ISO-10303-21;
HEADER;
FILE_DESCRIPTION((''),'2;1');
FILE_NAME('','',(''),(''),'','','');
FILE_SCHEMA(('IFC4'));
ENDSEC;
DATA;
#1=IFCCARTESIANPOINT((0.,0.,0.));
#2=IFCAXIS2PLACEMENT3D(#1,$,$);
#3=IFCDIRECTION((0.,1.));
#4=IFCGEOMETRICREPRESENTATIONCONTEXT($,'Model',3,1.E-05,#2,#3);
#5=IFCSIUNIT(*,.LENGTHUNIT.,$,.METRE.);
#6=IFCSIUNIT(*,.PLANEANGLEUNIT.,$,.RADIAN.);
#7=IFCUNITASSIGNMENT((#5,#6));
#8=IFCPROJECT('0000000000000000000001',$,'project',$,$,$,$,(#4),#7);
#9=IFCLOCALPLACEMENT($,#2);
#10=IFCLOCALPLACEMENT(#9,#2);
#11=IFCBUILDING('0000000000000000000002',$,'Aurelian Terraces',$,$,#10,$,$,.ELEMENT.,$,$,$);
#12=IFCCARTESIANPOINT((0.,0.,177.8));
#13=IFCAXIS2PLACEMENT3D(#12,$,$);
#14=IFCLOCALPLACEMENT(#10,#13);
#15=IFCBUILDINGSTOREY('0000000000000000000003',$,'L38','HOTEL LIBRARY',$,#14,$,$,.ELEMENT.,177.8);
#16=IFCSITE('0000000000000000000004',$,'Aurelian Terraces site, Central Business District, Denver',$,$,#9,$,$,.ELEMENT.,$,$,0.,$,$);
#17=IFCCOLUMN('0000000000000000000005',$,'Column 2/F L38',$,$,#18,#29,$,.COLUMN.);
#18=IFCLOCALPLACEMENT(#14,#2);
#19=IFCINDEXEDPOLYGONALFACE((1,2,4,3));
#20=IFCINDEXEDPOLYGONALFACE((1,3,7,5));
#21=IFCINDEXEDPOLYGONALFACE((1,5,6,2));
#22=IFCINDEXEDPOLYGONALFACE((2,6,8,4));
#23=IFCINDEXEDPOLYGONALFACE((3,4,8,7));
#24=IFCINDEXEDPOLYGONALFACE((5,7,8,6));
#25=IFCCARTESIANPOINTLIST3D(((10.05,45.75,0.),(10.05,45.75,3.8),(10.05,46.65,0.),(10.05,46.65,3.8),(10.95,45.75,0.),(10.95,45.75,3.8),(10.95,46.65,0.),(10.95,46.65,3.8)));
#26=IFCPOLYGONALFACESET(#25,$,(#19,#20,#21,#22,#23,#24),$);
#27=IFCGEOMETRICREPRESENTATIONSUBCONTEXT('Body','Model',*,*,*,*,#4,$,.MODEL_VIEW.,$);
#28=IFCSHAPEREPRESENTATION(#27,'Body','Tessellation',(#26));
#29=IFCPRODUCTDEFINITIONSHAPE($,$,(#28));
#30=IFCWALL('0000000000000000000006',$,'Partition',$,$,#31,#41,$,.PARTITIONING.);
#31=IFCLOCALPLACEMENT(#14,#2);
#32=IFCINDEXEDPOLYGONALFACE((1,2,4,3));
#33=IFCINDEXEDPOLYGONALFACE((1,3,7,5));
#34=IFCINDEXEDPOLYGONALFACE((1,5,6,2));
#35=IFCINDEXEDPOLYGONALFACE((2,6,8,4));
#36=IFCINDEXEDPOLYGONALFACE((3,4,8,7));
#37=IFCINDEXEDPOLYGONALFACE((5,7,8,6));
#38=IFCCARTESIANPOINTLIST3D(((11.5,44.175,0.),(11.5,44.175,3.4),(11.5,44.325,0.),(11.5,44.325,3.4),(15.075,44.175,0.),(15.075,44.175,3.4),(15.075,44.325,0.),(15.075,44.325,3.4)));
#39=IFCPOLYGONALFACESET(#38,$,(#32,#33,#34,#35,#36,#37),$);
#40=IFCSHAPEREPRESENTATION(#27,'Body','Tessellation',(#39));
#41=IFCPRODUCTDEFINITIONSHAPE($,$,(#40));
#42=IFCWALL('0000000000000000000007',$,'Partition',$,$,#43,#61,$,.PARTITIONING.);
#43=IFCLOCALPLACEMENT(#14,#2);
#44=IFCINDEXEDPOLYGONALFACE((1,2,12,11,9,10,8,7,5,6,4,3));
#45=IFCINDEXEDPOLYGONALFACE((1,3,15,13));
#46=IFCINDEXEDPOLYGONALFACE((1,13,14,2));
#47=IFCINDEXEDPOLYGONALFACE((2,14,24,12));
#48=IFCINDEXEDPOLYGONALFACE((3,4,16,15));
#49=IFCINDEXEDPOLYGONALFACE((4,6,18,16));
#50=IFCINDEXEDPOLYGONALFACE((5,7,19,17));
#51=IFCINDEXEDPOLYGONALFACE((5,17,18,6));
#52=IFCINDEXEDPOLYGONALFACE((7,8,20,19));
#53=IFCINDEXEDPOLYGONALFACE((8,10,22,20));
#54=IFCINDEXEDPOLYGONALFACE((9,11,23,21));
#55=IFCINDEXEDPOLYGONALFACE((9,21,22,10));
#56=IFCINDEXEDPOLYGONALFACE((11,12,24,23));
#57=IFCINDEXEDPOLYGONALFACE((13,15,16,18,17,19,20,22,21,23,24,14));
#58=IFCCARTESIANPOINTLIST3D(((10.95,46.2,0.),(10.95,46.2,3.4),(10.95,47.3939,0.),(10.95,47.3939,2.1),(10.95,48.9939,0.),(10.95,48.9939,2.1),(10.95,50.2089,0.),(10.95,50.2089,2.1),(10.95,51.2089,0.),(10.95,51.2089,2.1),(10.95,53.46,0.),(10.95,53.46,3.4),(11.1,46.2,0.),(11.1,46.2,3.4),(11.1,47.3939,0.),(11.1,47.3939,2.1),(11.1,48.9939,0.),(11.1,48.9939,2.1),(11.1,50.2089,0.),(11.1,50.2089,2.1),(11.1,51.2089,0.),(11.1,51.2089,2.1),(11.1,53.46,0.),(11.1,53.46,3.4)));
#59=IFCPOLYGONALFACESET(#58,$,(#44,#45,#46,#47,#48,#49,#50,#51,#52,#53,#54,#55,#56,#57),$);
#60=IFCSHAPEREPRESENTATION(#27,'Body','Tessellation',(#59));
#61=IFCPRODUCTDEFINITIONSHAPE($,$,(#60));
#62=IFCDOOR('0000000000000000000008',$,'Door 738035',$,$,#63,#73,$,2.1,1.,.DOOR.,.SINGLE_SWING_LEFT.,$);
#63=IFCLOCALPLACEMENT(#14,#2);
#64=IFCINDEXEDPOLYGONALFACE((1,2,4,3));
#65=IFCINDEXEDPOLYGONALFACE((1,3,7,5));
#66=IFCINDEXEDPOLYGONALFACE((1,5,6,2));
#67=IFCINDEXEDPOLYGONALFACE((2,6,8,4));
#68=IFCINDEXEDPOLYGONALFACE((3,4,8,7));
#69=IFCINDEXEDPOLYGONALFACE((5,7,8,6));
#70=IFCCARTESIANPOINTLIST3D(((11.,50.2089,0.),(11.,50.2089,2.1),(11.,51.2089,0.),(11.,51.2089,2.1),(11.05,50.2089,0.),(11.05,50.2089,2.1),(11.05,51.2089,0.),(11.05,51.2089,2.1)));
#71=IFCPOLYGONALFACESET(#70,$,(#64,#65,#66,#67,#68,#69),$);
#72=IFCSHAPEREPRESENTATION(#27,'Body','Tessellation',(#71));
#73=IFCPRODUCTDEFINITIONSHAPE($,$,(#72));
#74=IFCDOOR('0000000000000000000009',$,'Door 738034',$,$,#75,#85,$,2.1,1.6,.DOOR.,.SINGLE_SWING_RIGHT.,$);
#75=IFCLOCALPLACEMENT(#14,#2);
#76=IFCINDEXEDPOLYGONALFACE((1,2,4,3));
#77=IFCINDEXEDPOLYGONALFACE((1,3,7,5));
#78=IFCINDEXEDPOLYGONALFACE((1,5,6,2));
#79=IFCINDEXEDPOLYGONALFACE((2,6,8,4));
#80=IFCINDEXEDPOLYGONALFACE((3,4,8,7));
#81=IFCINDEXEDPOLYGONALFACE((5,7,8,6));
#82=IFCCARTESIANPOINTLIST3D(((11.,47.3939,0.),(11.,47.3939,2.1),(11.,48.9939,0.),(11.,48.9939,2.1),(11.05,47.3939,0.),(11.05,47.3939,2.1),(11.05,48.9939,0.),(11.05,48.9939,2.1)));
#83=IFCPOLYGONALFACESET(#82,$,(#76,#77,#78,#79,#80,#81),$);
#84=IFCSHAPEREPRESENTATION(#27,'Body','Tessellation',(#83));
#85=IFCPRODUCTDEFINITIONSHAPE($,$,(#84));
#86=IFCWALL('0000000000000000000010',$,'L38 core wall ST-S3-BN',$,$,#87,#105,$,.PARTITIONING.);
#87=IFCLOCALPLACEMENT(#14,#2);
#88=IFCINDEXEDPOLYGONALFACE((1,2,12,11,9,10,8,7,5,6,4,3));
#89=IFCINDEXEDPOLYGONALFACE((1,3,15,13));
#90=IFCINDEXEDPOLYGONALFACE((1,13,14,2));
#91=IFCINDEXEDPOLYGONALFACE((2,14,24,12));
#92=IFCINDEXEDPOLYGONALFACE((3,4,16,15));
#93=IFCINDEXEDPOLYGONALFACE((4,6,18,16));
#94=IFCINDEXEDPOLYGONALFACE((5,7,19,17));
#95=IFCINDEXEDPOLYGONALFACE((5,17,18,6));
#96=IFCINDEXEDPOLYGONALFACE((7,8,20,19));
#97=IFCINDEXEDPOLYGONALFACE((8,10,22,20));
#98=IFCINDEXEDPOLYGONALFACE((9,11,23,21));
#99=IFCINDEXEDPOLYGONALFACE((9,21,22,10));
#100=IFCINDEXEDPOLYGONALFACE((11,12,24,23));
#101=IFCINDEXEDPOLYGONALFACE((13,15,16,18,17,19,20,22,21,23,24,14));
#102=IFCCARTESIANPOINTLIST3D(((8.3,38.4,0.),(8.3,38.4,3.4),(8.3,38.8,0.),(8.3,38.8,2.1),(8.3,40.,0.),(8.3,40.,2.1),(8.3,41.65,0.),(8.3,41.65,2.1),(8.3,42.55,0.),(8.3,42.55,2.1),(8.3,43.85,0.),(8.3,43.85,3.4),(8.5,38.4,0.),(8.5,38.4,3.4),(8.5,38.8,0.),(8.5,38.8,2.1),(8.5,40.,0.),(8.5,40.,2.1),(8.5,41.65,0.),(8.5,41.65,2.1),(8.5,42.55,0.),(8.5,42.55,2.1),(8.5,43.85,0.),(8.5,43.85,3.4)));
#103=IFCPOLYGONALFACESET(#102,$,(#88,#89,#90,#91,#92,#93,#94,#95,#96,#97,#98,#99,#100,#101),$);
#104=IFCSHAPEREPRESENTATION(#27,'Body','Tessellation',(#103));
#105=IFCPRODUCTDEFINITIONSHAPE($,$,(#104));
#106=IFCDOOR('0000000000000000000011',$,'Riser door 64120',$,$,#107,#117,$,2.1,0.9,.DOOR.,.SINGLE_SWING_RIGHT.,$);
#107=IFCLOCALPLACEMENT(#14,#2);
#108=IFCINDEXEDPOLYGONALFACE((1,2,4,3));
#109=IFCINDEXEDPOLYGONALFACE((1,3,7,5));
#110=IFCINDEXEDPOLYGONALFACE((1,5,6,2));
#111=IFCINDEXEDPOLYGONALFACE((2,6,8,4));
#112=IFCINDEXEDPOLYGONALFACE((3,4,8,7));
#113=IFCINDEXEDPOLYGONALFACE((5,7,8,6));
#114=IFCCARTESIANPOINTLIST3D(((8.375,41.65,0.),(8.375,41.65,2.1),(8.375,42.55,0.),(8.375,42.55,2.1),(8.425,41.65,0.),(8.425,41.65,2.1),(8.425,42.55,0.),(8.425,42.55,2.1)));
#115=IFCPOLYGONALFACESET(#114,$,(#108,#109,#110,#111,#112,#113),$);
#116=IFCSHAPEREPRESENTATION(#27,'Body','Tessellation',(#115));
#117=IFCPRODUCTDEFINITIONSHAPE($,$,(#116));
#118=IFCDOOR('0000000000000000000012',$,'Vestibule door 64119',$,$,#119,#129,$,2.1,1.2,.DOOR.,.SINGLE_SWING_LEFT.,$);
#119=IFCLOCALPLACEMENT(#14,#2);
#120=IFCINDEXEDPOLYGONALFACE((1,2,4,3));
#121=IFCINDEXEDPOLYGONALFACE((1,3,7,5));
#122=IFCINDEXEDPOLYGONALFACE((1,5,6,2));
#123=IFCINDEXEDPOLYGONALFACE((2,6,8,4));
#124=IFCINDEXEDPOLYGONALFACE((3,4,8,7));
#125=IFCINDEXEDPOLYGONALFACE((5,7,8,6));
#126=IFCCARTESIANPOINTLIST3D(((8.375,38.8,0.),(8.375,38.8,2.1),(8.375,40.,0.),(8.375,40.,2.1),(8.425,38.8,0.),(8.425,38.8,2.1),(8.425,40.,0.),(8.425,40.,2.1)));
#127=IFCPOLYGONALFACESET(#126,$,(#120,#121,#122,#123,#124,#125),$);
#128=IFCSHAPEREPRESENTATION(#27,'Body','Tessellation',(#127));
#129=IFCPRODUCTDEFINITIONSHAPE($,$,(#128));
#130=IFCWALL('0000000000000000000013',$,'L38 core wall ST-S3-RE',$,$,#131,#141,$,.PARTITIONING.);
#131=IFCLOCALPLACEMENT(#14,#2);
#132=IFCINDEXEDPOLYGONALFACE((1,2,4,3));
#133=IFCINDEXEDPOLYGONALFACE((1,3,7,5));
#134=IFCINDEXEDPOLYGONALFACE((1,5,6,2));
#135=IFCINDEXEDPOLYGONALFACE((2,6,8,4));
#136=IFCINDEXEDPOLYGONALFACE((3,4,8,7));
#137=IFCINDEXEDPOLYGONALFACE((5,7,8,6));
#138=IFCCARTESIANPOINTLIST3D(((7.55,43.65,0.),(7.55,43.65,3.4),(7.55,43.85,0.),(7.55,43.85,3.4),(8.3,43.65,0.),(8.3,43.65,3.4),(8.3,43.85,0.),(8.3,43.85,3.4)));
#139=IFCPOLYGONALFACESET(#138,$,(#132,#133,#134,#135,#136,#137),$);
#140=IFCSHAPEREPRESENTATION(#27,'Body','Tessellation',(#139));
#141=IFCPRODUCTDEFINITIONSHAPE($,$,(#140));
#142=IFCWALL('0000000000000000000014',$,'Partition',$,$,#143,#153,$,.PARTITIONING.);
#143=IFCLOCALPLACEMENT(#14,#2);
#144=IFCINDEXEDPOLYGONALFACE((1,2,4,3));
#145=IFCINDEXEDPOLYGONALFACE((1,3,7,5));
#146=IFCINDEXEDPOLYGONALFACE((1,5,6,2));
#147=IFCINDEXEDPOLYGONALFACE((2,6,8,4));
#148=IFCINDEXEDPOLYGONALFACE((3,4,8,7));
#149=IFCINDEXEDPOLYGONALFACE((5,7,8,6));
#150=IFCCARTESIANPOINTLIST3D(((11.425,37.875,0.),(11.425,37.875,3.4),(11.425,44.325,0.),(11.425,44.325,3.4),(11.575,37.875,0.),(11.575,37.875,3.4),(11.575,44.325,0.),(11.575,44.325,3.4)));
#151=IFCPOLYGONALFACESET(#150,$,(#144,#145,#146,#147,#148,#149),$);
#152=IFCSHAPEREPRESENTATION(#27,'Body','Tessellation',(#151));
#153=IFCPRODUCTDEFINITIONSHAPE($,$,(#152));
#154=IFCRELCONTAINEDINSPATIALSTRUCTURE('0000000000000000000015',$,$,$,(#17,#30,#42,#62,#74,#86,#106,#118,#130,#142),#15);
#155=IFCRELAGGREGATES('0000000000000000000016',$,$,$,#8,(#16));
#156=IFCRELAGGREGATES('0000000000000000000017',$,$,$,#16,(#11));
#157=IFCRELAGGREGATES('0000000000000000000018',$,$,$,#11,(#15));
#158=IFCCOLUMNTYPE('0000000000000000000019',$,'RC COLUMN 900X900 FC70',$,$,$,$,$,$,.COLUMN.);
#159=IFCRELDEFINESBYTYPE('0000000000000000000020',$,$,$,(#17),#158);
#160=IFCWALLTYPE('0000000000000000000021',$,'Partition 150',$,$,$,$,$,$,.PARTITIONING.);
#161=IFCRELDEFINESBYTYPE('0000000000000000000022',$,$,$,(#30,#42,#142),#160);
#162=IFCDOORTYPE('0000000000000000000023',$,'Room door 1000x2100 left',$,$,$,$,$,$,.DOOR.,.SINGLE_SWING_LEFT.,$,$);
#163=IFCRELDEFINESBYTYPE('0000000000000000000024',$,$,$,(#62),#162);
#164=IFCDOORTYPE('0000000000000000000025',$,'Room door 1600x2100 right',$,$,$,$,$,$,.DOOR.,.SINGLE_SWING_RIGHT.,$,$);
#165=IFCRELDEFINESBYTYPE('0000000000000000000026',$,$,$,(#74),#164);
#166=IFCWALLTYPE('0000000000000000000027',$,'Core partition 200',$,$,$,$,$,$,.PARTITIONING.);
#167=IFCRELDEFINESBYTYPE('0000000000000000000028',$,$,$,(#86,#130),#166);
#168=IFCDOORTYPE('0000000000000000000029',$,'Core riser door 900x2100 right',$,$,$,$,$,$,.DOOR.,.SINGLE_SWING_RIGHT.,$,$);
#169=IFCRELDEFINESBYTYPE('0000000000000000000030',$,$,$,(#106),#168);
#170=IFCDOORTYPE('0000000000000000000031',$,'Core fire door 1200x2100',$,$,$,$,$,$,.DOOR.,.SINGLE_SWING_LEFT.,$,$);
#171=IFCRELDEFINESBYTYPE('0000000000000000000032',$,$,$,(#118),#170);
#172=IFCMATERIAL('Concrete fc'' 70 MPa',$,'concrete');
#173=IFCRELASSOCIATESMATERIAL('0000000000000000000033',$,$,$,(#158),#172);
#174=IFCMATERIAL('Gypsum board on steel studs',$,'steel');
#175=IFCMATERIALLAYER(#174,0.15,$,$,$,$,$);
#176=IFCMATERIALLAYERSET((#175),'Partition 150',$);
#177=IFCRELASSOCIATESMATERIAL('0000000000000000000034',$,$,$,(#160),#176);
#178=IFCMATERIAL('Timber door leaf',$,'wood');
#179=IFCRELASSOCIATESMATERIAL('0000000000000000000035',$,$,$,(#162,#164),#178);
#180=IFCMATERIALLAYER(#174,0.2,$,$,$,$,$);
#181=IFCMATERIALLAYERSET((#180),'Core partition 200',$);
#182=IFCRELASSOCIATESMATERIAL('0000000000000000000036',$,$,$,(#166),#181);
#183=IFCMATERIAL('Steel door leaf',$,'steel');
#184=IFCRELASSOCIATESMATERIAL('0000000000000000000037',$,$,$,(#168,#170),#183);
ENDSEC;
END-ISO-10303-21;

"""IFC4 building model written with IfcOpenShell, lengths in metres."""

from ifc_helpers import new_model, si_unit, direction, frame, frame_2d, origin, origin_2d, place, context, subcontext, project, spatial, rectangle, extrude, source, transform, mapped, material, layer, layer_set, material_profile, profile_set, type_object, element, fill, save


model = new_model("IFC4")

# Units and contexts
model_context = context("Model", 3, precision=1e-05, world=origin(), true_north=direction((0.0, 1.0)))
body_context = subcontext(model_context, "Body", "Model", "MODEL_VIEW")
ifc_project = project(units=[si_unit("LENGTHUNIT", "METRE"), si_unit("PLANEANGLEUNIT", "RADIAN")], contexts=[model_context])

# Site, building, storey
site_placement = place(None, origin())
site = spatial("IfcSite", under=ifc_project, at=site_placement, Name="Aurelian Terraces site, Central Business District, Denver", CompositionType="ELEMENT", RefElevation=0.0)
building_placement = place(site_placement, origin())
building = spatial("IfcBuilding", under=site, at=building_placement, Name="Aurelian Terraces", CompositionType="ELEMENT")
storey_placement = place(building_placement, frame((0.0, 0.0, 177.8)))
storey = spatial("IfcBuildingStorey", under=building, at=storey_placement, Name="L38", Description="HOTEL LIBRARY", CompositionType="ELEMENT", Elevation=177.8)

# Column
ifc_material_1 = material(Name="Concrete fc' 70 MPa", Category="concrete")
ifc_material_profile = material_profile(ifc_material_1, rectangle(XDim=0.9, YDim=0.9, at=origin_2d()))
ifc_profile_set = profile_set([ifc_material_profile], Name="Concrete fc' 70 MPa")
column_type = type_object("IfcColumnType", Name="RC COLUMN 900X900 FC70", PredefinedType="COLUMN", material=ifc_profile_set)
shared_shape_1 = source(origin(), body_context, "Body", "SweptSolid", [
    extrude(rectangle(XDim=0.9, YDim=0.9, at=origin_2d()), origin(), (0.0, 0.0, 1.0), 3.8),
])
column_placement = place(storey_placement, frame((10.5, 46.2, 0.0), z_axis=(0.0, 0.0, 1.0), x_axis=(1.0, 0.0, 0.0)))
element("IfcColumn", 1, at=column_placement, inside=storey, type_object=column_type, Name="Column 2/F L38", PredefinedType="COLUMN", context=body_context, shape_type="MappedRepresentation", body=[
    mapped(shared_shape_1, transform((0.0, 0.0, 0.0), scale=1.0)),
])

# Wall
ifc_material_2 = material(Name="Gypsum board on steel studs", Category="steel")
ifc_layer_1 = layer(ifc_material_2, 0.15)
ifc_layer_set_1 = layer_set([ifc_layer_1], Name="Partition 150")
wall_type_1 = type_object("IfcWallType", Name="Partition 150", PredefinedType="PARTITIONING", material=ifc_layer_set_1)
wall_1_placement = place(storey_placement, frame((15.075, 44.25, 0.0), z_axis=(0.0, 0.0, 1.0), x_axis=(-1.0, 0.0, 0.0)))
element("IfcWall", 2, at=wall_1_placement, inside=storey, type_object=wall_type_1, Name="Partition", PredefinedType="PARTITIONING", context=body_context, shape_type="SweptSolid", body=[
    extrude(rectangle(XDim=3.575, YDim=0.15, at=frame_2d((1.7875, 0.0))), origin(), (0.0, 0.0, 1.0), 3.4),
])

# Walls, openings, doors
wall_2_placement = place(storey_placement, frame((11.025, 46.2, 0.0), z_axis=(0.0, 0.0, 1.0), x_axis=(0.0, 1.0, 0.0)))
wall_2 = element("IfcWall", 3, at=wall_2_placement, inside=storey, type_object=wall_type_1, Name="Partition", PredefinedType="PARTITIONING", context=body_context, shape_type="SweptSolid", body=[
    extrude(rectangle(XDim=7.26, YDim=0.15, at=frame_2d((3.63, 0.0))), origin(), (0.0, 0.0, 1.0), 3.4),
])
shared_shape_2 = source(origin(), body_context, "Body", "SweptSolid", [
    extrude(rectangle(XDim=1.6, YDim=2.1, at=frame_2d((0.8, 1.05))), frame((0.0, 0.085, 0.0), z_axis=(0.0, -1.0, 0.0), x_axis=(1.0, 0.0, 0.0)), (0.0, 0.0, 1.0), 0.17),
])
opening_1_placement = place(wall_2_placement, frame((1.1939, 0.0, 0.0)))
opening_1 = element("IfcOpeningElement", 4, at=opening_1_placement, cuts=wall_2, PredefinedType="OPENING", context=body_context, shape_type="MappedRepresentation", body=[
    mapped(shared_shape_2, transform((0.0, 0.0, 0.0), scale=1.0)),
])
shared_shape_3 = source(origin(), body_context, "Body", "SweptSolid", [
    extrude(rectangle(XDim=1.0, YDim=2.1, at=frame_2d((0.5, 1.05))), frame((0.0, 0.085, 0.0), z_axis=(0.0, -1.0, 0.0), x_axis=(1.0, 0.0, 0.0)), (0.0, 0.0, 1.0), 0.17),
])
opening_2_placement = place(wall_2_placement, frame((4.0089, 0.0, 0.0)))
opening_2 = element("IfcOpeningElement", 5, at=opening_2_placement, cuts=wall_2, PredefinedType="OPENING", context=body_context, shape_type="MappedRepresentation", body=[
    mapped(shared_shape_3, transform((0.0, 0.0, 0.0), scale=1.0)),
])
ifc_material_3 = material(Name="Timber door leaf", Category="wood")
door_type_1 = type_object("IfcDoorType", Name="Room door 1000x2100 left", OperationType="SINGLE_SWING_LEFT", PredefinedType="DOOR", material=ifc_material_3)
shared_shape_4 = source(origin(), body_context, "Body", "SweptSolid", [
    extrude(rectangle(XDim=1.0, YDim=2.1, at=frame_2d((0.5, 1.05))), frame((0.0, 0.025, 0.0), z_axis=(0.0, -1.0, 0.0), x_axis=(1.0, 0.0, 0.0)), (0.0, 0.0, 1.0), 0.05),
])
door_1_placement = place(opening_2_placement, origin())
door_1 = element("IfcDoor", 6, at=door_1_placement, inside=storey, type_object=door_type_1, Name="Door 738035", OperationType="SINGLE_SWING_LEFT", OverallHeight=2.1, OverallWidth=1.0, PredefinedType="DOOR", context=body_context, shape_type="MappedRepresentation", body=[
    mapped(shared_shape_4, transform((0.0, 0.0, 0.0), scale=1.0)),
])
fill(opening_2, door_1)
door_type_2 = type_object("IfcDoorType", Name="Room door 1600x2100 right", OperationType="SINGLE_SWING_RIGHT", PredefinedType="DOOR", material=ifc_material_3)
shared_shape_5 = source(origin(), body_context, "Body", "SweptSolid", [
    extrude(rectangle(XDim=1.6, YDim=2.1, at=frame_2d((0.8, 1.05))), frame((0.0, 0.025, 0.0), z_axis=(0.0, -1.0, 0.0), x_axis=(1.0, 0.0, 0.0)), (0.0, 0.0, 1.0), 0.05),
])
door_2_placement = place(opening_1_placement, origin())
door_2 = element("IfcDoor", 7, at=door_2_placement, inside=storey, type_object=door_type_2, Name="Door 738034", OperationType="SINGLE_SWING_RIGHT", OverallHeight=2.1, OverallWidth=1.6, PredefinedType="DOOR", context=body_context, shape_type="MappedRepresentation", body=[
    mapped(shared_shape_5, transform((0.0, 0.0, 0.0), scale=1.0)),
])
fill(opening_1, door_2)
ifc_layer_2 = layer(ifc_material_2, 0.2)
ifc_layer_set_2 = layer_set([ifc_layer_2], Name="Core partition 200")
wall_type_2 = type_object("IfcWallType", Name="Core partition 200", PredefinedType="PARTITIONING", material=ifc_layer_set_2)
shared_shape_6 = source(origin(), body_context, "Body", "SweptSolid", [
    extrude(rectangle(XDim=5.45, YDim=0.2, at=frame_2d((2.725, 0.0))), origin(), (0.0, 0.0, 1.0), 3.4),
])
wall_3_placement = place(storey_placement, frame((8.4, 38.4, 0.0), z_axis=(0.0, 0.0, 1.0), x_axis=(0.0, 1.0, 0.0)))
wall_3 = element("IfcWall", 8, at=wall_3_placement, inside=storey, type_object=wall_type_2, Name="L38 core wall ST-S3-BN", PredefinedType="PARTITIONING", context=body_context, shape_type="MappedRepresentation", body=[
    mapped(shared_shape_6, transform((0.0, 0.0, 0.0), scale=1.0)),
])
shared_shape_7 = source(origin(), body_context, "Body", "SweptSolid", [
    extrude(rectangle(XDim=1.2, YDim=2.1, at=frame_2d((0.6, 1.05))), frame((0.0, 0.11, 0.0), z_axis=(0.0, -1.0, 0.0), x_axis=(1.0, 0.0, 0.0)), (0.0, 0.0, 1.0), 0.22),
])
opening_3_placement = place(wall_3_placement, frame((0.4, 0.0, 0.0)))
opening_3 = element("IfcOpeningElement", 9, at=opening_3_placement, cuts=wall_3, PredefinedType="OPENING", context=body_context, shape_type="MappedRepresentation", body=[
    mapped(shared_shape_7, transform((0.0, 0.0, 0.0), scale=1.0)),
])
shared_shape_8 = source(origin(), body_context, "Body", "SweptSolid", [
    extrude(rectangle(XDim=0.9, YDim=2.1, at=frame_2d((0.45, 1.05))), frame((0.0, 0.11, 0.0), z_axis=(0.0, -1.0, 0.0), x_axis=(1.0, 0.0, 0.0)), (0.0, 0.0, 1.0), 0.22),
])
opening_4_placement = place(wall_3_placement, frame((3.25, 0.0, 0.0)))
opening_4 = element("IfcOpeningElement", 10, at=opening_4_placement, cuts=wall_3, PredefinedType="OPENING", context=body_context, shape_type="MappedRepresentation", body=[
    mapped(shared_shape_8, transform((0.0, 0.0, 0.0), scale=1.0)),
])
ifc_material_4 = material(Name="Steel door leaf", Category="steel")
door_type_3 = type_object("IfcDoorType", Name="Core riser door 900x2100 right", OperationType="SINGLE_SWING_RIGHT", PredefinedType="DOOR", material=ifc_material_4)
shared_shape_9 = source(origin(), body_context, "Body", "SweptSolid", [
    extrude(rectangle(XDim=0.9, YDim=2.1, at=frame_2d((0.45, 1.05))), frame((0.0, 0.025, 0.0), z_axis=(0.0, -1.0, 0.0), x_axis=(1.0, 0.0, 0.0)), (0.0, 0.0, 1.0), 0.05),
])
door_3_placement = place(opening_4_placement, origin())
door_3 = element("IfcDoor", 11, at=door_3_placement, inside=storey, type_object=door_type_3, Name="Riser door 64120", OperationType="SINGLE_SWING_RIGHT", OverallHeight=2.1, OverallWidth=0.9, PredefinedType="DOOR", context=body_context, shape_type="MappedRepresentation", body=[
    mapped(shared_shape_9, transform((0.0, 0.0, 0.0), scale=1.0)),
])
fill(opening_4, door_3)
door_type_4 = type_object("IfcDoorType", Name="Core fire door 1200x2100", OperationType="SINGLE_SWING_LEFT", PredefinedType="DOOR", material=ifc_material_4)
shared_shape_10 = source(origin(), body_context, "Body", "SweptSolid", [
    extrude(rectangle(XDim=1.2, YDim=2.1, at=frame_2d((0.6, 1.05))), frame((0.0, 0.025, 0.0), z_axis=(0.0, -1.0, 0.0), x_axis=(1.0, 0.0, 0.0)), (0.0, 0.0, 1.0), 0.05),
])
door_4_placement = place(opening_3_placement, origin())
door_4 = element("IfcDoor", 12, at=door_4_placement, inside=storey, type_object=door_type_4, Name="Vestibule door 64119", OperationType="SINGLE_SWING_LEFT", OverallHeight=2.1, OverallWidth=1.2, PredefinedType="DOOR", context=body_context, shape_type="MappedRepresentation", body=[
    mapped(shared_shape_10, transform((0.0, 0.0, 0.0), scale=1.0)),
])
fill(opening_3, door_4)

# Walls
shared_shape_11 = source(origin(), body_context, "Body", "SweptSolid", [
    extrude(rectangle(XDim=0.75, YDim=0.2, at=frame_2d((0.375, 0.0))), origin(), (0.0, 0.0, 1.0), 3.4),
])
wall_4_placement = place(storey_placement, frame((7.55, 43.75, 0.0), z_axis=(0.0, 0.0, 1.0), x_axis=(1.0, 0.0, 0.0)))
element("IfcWall", 13, at=wall_4_placement, inside=storey, type_object=wall_type_2, Name="L38 core wall ST-S3-RE", PredefinedType="PARTITIONING", context=body_context, shape_type="MappedRepresentation", body=[
    mapped(shared_shape_11, transform((0.0, 0.0, 0.0), scale=1.0)),
])
shared_shape_12 = source(origin(), body_context, "Body", "SweptSolid", [
    extrude(rectangle(XDim=6.45, YDim=0.15, at=frame_2d((3.225, 0.0))), origin(), (0.0, 0.0, 1.0), 3.4),
])
wall_5_placement = place(storey_placement, frame((11.5, 44.325, 0.0), z_axis=(0.0, 0.0, 1.0), x_axis=(0.0, -1.0, 0.0)))
element("IfcWall", 14, at=wall_5_placement, inside=storey, type_object=wall_type_1, Name="Partition", PredefinedType="PARTITIONING", context=body_context, shape_type="MappedRepresentation", body=[
    mapped(shared_shape_12, transform((0.0, 0.0, 0.0), scale=1.0)),
])

save(model, "model.ifc")
